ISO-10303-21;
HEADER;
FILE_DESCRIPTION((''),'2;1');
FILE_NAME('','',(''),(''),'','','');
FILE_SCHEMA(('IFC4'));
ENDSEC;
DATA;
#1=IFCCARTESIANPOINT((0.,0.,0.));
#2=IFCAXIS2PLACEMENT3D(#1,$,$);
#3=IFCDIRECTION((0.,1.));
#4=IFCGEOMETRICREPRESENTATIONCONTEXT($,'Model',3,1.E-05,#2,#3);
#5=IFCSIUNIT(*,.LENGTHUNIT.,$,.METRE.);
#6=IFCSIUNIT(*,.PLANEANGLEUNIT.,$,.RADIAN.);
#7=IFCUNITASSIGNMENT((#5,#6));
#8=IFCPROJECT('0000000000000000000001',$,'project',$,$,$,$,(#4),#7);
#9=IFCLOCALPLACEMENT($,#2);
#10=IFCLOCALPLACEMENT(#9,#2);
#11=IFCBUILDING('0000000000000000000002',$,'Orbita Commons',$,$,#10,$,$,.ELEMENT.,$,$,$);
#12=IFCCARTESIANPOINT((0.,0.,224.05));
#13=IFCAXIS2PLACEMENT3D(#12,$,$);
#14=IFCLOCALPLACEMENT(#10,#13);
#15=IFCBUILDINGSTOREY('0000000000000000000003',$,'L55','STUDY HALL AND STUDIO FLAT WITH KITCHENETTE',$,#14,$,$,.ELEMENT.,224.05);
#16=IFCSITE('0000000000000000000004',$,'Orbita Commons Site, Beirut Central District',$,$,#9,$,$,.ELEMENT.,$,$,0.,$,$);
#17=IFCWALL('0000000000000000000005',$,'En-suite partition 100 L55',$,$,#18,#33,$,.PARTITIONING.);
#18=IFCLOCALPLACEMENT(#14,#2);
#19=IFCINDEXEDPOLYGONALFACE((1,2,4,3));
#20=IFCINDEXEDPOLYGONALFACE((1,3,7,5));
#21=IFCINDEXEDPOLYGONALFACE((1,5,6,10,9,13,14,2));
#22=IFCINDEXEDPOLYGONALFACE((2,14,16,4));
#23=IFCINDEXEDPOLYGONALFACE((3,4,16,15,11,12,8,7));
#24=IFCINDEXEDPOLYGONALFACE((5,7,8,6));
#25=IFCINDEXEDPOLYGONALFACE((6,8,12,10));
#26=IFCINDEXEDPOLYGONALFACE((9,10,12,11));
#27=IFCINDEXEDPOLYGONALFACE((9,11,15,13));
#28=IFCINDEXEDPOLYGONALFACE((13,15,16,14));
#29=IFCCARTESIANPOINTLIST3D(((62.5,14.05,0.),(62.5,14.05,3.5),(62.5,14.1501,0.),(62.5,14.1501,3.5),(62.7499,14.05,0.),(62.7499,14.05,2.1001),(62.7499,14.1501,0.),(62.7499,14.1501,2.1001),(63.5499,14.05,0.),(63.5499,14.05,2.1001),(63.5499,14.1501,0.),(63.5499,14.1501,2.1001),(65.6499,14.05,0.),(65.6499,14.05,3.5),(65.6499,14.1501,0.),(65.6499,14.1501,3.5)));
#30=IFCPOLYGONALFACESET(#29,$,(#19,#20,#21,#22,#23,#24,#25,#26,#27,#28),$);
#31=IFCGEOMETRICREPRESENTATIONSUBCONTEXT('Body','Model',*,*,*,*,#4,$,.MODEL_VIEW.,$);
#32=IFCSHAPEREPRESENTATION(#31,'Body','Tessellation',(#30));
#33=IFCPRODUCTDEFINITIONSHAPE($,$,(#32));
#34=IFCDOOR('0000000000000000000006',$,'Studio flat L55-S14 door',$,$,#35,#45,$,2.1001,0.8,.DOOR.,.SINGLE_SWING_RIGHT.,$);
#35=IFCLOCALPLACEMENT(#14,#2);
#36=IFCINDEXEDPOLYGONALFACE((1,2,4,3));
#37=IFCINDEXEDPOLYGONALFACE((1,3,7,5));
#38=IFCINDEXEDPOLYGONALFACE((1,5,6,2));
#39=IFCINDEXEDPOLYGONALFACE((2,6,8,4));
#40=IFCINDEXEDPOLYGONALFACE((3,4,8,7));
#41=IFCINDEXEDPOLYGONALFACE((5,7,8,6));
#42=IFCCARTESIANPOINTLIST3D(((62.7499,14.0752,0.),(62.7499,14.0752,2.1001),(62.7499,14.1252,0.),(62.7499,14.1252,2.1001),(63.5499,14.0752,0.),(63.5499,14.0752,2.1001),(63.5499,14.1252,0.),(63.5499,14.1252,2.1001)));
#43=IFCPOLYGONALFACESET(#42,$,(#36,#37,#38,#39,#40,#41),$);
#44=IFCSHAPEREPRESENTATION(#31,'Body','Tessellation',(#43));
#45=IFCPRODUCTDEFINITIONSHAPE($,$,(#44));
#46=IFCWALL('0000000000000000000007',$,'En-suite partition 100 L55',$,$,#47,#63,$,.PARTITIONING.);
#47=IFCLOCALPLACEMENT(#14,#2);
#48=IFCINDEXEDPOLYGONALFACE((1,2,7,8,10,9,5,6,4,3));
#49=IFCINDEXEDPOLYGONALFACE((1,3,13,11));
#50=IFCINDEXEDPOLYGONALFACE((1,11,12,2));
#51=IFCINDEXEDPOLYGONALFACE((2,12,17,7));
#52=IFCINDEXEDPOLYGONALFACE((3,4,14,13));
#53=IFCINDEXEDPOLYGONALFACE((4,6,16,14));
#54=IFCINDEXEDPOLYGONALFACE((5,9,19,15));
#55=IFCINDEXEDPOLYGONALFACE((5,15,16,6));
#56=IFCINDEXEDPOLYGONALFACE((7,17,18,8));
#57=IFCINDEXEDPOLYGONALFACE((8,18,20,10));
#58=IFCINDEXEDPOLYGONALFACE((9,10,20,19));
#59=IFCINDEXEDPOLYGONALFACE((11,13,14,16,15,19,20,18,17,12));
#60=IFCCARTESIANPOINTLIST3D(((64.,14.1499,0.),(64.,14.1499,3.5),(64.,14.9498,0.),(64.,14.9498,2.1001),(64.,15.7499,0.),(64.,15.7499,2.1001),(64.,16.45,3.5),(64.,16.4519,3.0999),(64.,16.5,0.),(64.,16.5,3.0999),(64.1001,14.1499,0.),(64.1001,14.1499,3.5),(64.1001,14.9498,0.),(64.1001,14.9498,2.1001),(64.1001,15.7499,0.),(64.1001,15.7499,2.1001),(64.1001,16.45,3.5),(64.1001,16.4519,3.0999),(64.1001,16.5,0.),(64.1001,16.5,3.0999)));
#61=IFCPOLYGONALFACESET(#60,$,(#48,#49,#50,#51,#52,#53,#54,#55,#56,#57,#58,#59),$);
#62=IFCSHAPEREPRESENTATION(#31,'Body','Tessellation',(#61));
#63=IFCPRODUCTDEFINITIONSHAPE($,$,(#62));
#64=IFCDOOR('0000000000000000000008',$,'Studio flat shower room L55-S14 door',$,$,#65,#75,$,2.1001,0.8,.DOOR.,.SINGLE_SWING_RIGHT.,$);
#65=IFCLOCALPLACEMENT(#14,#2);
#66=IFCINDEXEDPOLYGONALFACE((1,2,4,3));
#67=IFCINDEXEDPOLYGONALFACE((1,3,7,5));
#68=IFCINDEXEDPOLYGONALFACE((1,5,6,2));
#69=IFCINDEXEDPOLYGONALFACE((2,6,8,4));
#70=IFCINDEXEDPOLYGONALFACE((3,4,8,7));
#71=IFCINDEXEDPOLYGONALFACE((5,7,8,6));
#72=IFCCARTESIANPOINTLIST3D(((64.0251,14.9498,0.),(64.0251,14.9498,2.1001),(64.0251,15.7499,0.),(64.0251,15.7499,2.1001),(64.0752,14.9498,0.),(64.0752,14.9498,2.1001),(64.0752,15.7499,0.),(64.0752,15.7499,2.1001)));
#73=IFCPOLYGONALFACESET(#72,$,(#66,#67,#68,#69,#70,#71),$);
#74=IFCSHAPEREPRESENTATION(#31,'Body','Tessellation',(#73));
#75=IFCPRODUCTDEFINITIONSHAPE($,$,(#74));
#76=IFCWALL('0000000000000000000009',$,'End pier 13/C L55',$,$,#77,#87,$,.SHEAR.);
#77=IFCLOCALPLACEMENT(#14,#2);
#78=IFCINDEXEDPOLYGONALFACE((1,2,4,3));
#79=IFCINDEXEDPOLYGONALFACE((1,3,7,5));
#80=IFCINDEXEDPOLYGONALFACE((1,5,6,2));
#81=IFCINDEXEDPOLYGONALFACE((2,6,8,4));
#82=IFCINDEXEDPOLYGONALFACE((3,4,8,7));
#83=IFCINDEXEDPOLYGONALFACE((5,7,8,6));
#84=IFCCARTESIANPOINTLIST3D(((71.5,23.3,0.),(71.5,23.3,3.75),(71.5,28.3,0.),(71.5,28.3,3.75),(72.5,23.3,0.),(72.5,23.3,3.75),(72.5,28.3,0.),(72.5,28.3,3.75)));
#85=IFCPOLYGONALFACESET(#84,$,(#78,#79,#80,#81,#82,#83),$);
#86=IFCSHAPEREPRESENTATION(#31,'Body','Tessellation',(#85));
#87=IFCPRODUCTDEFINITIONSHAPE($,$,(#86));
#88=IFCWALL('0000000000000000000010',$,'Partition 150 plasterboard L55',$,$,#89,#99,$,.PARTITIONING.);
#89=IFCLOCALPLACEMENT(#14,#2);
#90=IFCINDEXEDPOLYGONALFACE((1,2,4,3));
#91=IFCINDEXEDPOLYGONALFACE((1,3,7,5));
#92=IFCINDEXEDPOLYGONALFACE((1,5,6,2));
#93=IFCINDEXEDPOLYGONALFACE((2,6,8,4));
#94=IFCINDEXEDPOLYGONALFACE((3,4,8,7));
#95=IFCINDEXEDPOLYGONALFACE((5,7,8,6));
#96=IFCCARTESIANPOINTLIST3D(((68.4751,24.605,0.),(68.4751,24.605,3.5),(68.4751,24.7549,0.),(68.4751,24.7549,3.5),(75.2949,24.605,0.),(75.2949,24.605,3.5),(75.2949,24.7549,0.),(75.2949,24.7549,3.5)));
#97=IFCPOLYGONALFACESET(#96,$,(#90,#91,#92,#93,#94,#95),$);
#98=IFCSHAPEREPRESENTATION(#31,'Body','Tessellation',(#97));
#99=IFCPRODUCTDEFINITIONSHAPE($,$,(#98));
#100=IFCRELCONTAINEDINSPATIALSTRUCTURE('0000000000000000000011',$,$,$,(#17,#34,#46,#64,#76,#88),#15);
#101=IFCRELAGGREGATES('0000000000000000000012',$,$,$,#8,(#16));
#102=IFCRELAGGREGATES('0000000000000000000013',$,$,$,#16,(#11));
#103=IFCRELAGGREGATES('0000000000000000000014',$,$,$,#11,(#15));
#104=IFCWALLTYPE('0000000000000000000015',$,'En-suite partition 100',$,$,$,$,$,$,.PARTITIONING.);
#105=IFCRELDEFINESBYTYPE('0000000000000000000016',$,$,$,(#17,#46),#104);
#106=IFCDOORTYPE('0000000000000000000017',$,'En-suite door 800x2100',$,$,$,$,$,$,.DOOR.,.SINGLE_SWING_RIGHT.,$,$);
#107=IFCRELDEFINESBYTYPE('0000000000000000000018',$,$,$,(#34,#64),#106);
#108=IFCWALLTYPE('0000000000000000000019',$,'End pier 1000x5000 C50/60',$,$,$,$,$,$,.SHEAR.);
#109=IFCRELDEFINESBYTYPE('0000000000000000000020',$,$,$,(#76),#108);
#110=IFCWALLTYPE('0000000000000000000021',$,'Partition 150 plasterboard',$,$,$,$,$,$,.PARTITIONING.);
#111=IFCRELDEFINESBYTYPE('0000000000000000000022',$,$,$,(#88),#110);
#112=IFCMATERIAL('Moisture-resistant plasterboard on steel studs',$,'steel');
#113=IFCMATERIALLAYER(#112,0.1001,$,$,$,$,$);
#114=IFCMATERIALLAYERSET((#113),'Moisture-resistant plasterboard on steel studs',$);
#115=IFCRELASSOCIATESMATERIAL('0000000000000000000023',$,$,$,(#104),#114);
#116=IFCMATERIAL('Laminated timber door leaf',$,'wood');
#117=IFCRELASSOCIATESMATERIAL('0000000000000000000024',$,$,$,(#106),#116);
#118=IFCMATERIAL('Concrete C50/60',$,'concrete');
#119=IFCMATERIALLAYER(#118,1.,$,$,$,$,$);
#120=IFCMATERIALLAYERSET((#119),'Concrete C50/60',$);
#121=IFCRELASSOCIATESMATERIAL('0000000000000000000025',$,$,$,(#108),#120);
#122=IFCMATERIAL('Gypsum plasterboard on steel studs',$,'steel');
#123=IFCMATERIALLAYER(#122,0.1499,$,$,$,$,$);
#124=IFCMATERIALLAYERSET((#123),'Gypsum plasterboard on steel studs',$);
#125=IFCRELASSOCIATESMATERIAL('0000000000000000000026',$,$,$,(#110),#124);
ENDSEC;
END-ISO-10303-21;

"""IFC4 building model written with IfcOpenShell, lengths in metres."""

from ifc_helpers import new_model, si_unit, direction, frame, frame_2d, origin, place, context, subcontext, project, spatial, polyline, rectangle, outline, extrude, material, layer, layer_set, type_object, element, fill, save


model = new_model("IFC4")

# Units and contexts
model_context = context("Model", 3, precision=1e-05, world=origin(), true_north=direction((0.0, 1.0)))
body_context = subcontext(model_context, "Body", "Model", "MODEL_VIEW")
ifc_project = project(units=[si_unit("LENGTHUNIT", "METRE"), si_unit("PLANEANGLEUNIT", "RADIAN")], contexts=[model_context])

# Site, building, storey
site_placement = place(None, origin())
site = spatial("IfcSite", under=ifc_project, at=site_placement, Name="Orbita Commons Site, Beirut Central District", CompositionType="ELEMENT", RefElevation=0.0)
building_placement = place(site_placement, origin())
building = spatial("IfcBuilding", under=site, at=building_placement, Name="Orbita Commons", CompositionType="ELEMENT")
storey_placement = place(building_placement, frame((0.0, 0.0, 224.05)))
storey = spatial("IfcBuildingStorey", under=building, at=storey_placement, Name="L55", Description="STUDY HALL AND STUDIO FLAT WITH KITCHENETTE", CompositionType="ELEMENT", Elevation=224.05)

# Walls, openings, doors
ifc_material_1 = material(Name="Moisture-resistant plasterboard on steel studs", Category="steel")
ifc_layer_1 = layer(ifc_material_1, 0.1001)
ifc_layer_set_1 = layer_set([ifc_layer_1], Name="Moisture-resistant plasterboard on steel studs")
wall_type_1 = type_object("IfcWallType", Name="En-suite partition 100", PredefinedType="PARTITIONING", material=ifc_layer_set_1)
wall_1_placement = place(storey_placement, frame((65.6499, 14.1001, 0.0), z_axis=(0.0, 0.0, 1.0), x_axis=(-1.0, 0.0, 0.0)))
wall_1 = element("IfcWall", 1, at=wall_1_placement, inside=storey, type_object=wall_type_1, Name="En-suite partition 100 L55", PredefinedType="PARTITIONING", context=body_context, shape_type="SweptSolid", body=[
    extrude(rectangle(XDim=3.1499, YDim=0.1001, at=frame_2d((1.575, 0.0))), origin(), (0.0, 0.0, 1.0), 3.5),
])
opening_1_placement = place(wall_1_placement, frame((2.1001, 0.0, 0.0)))
opening_1 = element("IfcOpeningElement", 2, at=opening_1_placement, cuts=wall_1, PredefinedType="OPENING", context=body_context, shape_type="SweptSolid", body=[
    extrude(rectangle(XDim=0.8, YDim=2.1001, at=frame_2d((0.3999, 1.05))), frame((0.0, 0.0601, 0.0), z_axis=(0.0, -1.0, 0.0), x_axis=(1.0, 0.0, 0.0)), (0.0, 0.0, 1.0), 0.1201),
])
ifc_material_2 = material(Name="Laminated timber door leaf", Category="wood")
door_type_1 = type_object("IfcDoorType", Name="En-suite door 800x2100", OperationType="SINGLE_SWING_RIGHT", PredefinedType="DOOR", material=ifc_material_2)
door_1_placement = place(opening_1_placement, origin())
door_1 = element("IfcDoor", 3, at=door_1_placement, inside=storey, type_object=door_type_1, Name="Studio flat L55-S14 door", OperationType="SINGLE_SWING_RIGHT", OverallHeight=2.1001, OverallWidth=0.8, PredefinedType="DOOR", context=body_context, shape_type="SweptSolid", body=[
    extrude(rectangle(XDim=0.8, YDim=2.1001, at=frame_2d((0.3999, 1.05))), frame((0.0, 0.0249, 0.0), z_axis=(0.0, -1.0, 0.0), x_axis=(1.0, 0.0, 0.0)), (0.0, 0.0, 1.0), 0.05),
])
fill(opening_1, door_1)
wall_2_placement = place(storey_placement, frame((64.05, 14.1499, 0.0), z_axis=(0.0, 0.0, 1.0), x_axis=(0.0, 1.0, 0.0)))
wall_2 = element("IfcWall", 4, at=wall_2_placement, inside=storey, type_object=wall_type_1, Name="En-suite partition 100 L55", PredefinedType="PARTITIONING", context=body_context, shape_type="SweptSolid", body=[
    extrude(outline(polyline([(0.0, 0.0), (2.3501, 0.0), (2.3501, 3.0999), (2.302, 3.0999), (2.3, 3.5), (0.0, 3.5), (0.0, 0.0)])), frame((0.0, 0.05, 0.0), z_axis=(0.0, -1.0, 0.0), x_axis=(1.0, 0.0, 0.0)), (0.0, 0.0, 1.0), 0.1001),
])
opening_2_placement = place(wall_2_placement, frame((0.8, 0.0, 0.0)))
opening_2 = element("IfcOpeningElement", 5, at=opening_2_placement, cuts=wall_2, PredefinedType="OPENING", context=body_context, shape_type="SweptSolid", body=[
    extrude(rectangle(XDim=0.8, YDim=2.1001, at=frame_2d((0.3999, 1.05))), frame((0.0, 0.0601, 0.0), z_axis=(0.0, -1.0, 0.0), x_axis=(1.0, 0.0, 0.0)), (0.0, 0.0, 1.0), 0.1201),
])
door_2_placement = place(opening_2_placement, origin())
door_2 = element("IfcDoor", 6, at=door_2_placement, inside=storey, type_object=door_type_1, Name="Studio flat shower room L55-S14 door", OperationType="SINGLE_SWING_RIGHT", OverallHeight=2.1001, OverallWidth=0.8, PredefinedType="DOOR", context=body_context, shape_type="SweptSolid", body=[
    extrude(rectangle(XDim=0.8, YDim=2.1001, at=frame_2d((0.3999, 1.05))), frame((0.0, 0.0249, 0.0), z_axis=(0.0, -1.0, 0.0), x_axis=(1.0, 0.0, 0.0)), (0.0, 0.0, 1.0), 0.05),
])
fill(opening_2, door_2)

# Walls
ifc_material_3 = material(Name="Concrete C50/60", Category="concrete")
ifc_layer_2 = layer(ifc_material_3, 1.0)
ifc_layer_set_2 = layer_set([ifc_layer_2], Name="Concrete C50/60")
wall_type_2 = type_object("IfcWallType", Name="End pier 1000x5000 C50/60", PredefinedType="SHEAR", material=ifc_layer_set_2)
wall_3_placement = place(storey_placement, frame((72.0, 23.3, 0.0), z_axis=(0.0, 0.0, 1.0), x_axis=(0.0, 1.0, 0.0)))
element("IfcWall", 7, at=wall_3_placement, inside=storey, type_object=wall_type_2, Name="End pier 13/C L55", PredefinedType="SHEAR", context=body_context, shape_type="SweptSolid", body=[
    extrude(rectangle(XDim=5.0, YDim=1.0, at=frame_2d((2.5, 0.0))), origin(), (0.0, 0.0, 1.0), 3.75),
])
ifc_material_4 = material(Name="Gypsum plasterboard on steel studs", Category="steel")
ifc_layer_3 = layer(ifc_material_4, 0.1499)
ifc_layer_set_3 = layer_set([ifc_layer_3], Name="Gypsum plasterboard on steel studs")
wall_type_3 = type_object("IfcWallType", Name="Partition 150 plasterboard", PredefinedType="PARTITIONING", material=ifc_layer_set_3)
wall_4_placement = place(storey_placement, frame((68.4751, 24.6799, 0.0), z_axis=(0.0, 0.0, 1.0), x_axis=(1.0, 0.0, 0.0)))
element("IfcWall", 8, at=wall_4_placement, inside=storey, type_object=wall_type_3, Name="Partition 150 plasterboard L55", PredefinedType="PARTITIONING", context=body_context, shape_type="SweptSolid", body=[
    extrude(rectangle(XDim=6.8198, YDim=0.1499, at=frame_2d((3.4099, 0.0))), origin(), (0.0, 0.0, 1.0), 3.5),
])

save(model, "model.ifc")
